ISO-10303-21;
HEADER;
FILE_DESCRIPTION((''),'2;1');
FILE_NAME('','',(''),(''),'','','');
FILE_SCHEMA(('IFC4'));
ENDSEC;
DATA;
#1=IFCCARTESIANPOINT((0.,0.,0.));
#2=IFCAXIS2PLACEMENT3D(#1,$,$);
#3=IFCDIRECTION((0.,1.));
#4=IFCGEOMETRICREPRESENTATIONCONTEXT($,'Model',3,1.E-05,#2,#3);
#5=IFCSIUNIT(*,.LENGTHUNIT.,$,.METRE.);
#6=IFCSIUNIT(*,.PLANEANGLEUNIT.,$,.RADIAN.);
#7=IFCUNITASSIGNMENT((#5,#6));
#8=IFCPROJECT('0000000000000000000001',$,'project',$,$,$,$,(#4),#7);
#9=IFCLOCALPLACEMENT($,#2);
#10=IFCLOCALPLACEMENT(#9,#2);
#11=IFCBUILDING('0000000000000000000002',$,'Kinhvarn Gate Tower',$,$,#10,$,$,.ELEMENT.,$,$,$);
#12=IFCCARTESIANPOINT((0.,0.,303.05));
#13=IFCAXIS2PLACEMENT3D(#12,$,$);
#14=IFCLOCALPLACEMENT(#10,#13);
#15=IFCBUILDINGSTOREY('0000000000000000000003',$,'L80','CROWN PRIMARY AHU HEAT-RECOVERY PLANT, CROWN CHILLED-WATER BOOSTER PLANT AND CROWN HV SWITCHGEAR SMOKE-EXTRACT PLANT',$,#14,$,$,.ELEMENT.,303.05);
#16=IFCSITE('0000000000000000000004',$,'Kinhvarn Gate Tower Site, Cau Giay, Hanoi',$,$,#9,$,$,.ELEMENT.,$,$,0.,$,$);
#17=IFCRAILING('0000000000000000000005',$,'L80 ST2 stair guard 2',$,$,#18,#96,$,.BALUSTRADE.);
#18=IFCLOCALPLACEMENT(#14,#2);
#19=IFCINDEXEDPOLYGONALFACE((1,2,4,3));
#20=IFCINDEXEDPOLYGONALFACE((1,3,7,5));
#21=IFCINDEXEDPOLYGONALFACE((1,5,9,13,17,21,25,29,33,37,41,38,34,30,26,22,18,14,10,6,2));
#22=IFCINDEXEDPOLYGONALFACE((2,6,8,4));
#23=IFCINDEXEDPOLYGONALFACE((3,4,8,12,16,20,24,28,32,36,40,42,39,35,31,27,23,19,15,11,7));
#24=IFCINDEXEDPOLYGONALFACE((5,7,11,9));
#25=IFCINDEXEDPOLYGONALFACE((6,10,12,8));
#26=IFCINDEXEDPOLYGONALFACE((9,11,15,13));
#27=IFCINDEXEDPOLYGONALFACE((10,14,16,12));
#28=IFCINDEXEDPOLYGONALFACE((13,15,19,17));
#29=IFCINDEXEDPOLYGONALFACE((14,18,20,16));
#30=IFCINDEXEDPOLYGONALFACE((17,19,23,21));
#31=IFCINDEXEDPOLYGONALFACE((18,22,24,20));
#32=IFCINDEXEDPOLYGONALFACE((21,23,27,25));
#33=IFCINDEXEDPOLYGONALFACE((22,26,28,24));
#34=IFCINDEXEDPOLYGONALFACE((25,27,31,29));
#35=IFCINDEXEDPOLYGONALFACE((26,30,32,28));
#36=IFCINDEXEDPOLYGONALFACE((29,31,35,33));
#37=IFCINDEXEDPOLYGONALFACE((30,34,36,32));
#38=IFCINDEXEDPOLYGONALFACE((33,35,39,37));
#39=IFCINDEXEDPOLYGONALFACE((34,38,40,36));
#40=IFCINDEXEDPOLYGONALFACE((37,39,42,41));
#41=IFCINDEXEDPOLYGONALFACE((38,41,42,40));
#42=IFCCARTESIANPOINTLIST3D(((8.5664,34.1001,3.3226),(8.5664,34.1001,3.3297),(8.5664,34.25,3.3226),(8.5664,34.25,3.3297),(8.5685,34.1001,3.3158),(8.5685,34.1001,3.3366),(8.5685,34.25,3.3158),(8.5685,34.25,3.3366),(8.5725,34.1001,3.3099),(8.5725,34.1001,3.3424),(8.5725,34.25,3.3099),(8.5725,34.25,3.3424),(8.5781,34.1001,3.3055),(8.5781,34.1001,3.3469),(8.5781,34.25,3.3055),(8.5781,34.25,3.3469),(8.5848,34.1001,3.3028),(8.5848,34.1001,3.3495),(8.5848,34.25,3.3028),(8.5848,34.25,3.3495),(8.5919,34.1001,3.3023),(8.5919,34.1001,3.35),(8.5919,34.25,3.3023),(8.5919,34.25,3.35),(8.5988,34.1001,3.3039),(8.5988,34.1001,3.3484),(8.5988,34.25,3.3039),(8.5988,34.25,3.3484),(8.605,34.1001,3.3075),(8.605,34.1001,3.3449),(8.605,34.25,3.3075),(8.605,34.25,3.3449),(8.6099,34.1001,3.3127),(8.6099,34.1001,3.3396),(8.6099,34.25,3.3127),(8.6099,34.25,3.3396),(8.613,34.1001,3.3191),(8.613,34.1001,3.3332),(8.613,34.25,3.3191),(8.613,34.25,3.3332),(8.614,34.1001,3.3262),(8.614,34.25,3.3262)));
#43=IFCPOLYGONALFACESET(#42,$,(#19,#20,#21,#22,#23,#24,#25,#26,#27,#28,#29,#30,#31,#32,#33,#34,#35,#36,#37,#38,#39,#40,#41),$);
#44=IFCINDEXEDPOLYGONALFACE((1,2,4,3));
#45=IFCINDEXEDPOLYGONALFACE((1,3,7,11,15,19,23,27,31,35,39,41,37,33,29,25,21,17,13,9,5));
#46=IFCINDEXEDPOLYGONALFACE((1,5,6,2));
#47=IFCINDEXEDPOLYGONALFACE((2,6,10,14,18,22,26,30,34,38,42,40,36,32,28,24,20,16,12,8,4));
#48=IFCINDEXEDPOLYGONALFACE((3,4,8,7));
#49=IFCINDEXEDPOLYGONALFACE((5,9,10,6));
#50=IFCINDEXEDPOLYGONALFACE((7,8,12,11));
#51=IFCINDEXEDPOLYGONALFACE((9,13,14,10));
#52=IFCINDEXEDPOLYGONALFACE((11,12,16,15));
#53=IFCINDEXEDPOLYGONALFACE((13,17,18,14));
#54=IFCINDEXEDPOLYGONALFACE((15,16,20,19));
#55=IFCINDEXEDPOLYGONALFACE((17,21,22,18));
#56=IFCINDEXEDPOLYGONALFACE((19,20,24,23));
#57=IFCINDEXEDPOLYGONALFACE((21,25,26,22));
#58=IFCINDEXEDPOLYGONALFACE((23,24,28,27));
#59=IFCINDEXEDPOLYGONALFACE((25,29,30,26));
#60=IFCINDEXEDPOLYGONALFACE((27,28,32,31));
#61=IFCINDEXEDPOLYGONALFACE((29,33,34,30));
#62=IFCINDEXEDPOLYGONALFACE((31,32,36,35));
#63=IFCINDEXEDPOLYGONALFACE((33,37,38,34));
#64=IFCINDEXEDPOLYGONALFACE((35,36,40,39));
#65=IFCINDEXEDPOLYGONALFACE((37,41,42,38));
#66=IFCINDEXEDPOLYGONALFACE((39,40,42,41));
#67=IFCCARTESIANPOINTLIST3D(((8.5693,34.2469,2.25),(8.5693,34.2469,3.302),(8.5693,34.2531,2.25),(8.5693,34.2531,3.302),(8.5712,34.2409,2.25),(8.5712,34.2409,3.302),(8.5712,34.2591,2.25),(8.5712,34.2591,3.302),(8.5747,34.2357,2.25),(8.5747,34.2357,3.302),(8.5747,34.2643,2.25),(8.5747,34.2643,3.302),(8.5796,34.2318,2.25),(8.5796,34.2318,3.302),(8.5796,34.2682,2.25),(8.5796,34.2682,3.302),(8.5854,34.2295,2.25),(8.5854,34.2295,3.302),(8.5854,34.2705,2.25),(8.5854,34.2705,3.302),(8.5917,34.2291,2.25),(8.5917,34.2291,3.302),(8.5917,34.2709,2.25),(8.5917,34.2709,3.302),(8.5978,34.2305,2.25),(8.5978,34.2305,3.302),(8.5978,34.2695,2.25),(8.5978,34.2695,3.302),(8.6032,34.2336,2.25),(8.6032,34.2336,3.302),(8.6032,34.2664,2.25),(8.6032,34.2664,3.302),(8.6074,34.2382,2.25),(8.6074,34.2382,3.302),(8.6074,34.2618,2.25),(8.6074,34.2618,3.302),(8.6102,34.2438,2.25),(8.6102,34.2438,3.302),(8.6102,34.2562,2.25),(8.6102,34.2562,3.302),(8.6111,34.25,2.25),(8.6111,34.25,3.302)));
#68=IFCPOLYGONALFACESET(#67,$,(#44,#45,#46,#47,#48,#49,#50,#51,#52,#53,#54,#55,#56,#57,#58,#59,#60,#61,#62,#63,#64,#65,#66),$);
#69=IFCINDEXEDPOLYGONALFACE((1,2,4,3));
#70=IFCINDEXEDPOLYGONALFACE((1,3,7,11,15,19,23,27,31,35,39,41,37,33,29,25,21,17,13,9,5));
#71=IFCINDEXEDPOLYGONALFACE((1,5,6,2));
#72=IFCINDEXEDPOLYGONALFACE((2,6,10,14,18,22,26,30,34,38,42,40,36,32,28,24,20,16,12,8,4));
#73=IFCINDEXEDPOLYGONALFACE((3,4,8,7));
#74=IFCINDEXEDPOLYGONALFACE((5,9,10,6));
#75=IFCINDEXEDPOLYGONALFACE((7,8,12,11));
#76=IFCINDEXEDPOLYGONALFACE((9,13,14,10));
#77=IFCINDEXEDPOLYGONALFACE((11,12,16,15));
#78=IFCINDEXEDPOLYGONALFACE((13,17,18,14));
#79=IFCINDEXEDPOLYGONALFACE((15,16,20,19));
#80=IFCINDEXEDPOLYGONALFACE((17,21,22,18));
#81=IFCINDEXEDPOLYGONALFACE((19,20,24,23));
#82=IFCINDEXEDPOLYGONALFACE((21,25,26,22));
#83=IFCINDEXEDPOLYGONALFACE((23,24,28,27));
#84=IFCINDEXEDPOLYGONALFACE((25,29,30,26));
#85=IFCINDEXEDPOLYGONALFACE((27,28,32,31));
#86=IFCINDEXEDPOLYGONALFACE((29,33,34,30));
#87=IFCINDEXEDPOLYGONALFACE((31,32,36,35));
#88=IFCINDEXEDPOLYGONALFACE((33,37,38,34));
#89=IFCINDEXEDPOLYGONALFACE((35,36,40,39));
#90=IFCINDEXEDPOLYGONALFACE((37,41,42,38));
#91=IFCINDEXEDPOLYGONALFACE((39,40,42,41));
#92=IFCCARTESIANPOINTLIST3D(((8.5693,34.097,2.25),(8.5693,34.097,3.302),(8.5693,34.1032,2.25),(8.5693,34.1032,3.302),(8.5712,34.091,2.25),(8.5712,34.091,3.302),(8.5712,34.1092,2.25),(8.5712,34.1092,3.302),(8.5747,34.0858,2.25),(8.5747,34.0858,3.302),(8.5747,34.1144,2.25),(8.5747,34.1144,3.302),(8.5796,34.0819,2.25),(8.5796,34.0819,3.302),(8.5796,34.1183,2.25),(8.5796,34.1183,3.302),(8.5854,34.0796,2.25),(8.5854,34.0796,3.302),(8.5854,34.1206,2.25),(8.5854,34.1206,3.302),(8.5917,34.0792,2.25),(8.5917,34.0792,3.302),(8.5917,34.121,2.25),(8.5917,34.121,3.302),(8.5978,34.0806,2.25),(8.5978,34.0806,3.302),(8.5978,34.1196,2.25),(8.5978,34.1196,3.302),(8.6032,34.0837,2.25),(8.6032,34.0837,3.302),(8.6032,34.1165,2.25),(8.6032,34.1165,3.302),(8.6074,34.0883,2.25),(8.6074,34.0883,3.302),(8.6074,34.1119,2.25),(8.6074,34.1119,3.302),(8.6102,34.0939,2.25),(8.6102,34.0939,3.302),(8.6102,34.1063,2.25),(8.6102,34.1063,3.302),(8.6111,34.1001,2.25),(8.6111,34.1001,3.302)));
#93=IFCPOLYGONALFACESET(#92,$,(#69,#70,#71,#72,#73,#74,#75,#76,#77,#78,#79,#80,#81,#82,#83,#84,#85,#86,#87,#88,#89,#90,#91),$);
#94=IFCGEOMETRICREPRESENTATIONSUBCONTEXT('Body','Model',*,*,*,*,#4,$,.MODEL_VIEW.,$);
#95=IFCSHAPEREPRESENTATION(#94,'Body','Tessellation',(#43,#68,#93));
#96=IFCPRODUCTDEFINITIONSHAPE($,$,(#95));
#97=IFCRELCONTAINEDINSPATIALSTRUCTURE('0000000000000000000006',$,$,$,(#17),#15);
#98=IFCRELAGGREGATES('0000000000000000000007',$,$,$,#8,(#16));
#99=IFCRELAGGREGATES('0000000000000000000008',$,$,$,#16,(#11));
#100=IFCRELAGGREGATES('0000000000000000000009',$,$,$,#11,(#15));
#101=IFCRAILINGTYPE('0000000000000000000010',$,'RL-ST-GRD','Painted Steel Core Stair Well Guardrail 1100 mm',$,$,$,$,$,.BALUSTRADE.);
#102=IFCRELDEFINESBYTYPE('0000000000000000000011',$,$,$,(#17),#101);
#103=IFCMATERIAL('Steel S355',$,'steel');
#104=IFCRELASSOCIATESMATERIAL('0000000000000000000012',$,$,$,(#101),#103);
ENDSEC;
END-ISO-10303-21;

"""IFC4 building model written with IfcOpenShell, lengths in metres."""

from ifc_helpers import new_model, si_unit, direction, frame, origin, origin_2d, place, context, subcontext, project, spatial, circle, extrude, material, type_object, element, save


model = new_model("IFC4")

# Units and contexts
model_context = context("Model", 3, precision=1e-05, world=origin(), true_north=direction((0.0, 1.0)))
body_context = subcontext(model_context, "Body", "Model", "MODEL_VIEW")
ifc_project = project(units=[si_unit("LENGTHUNIT", "METRE"), si_unit("PLANEANGLEUNIT", "RADIAN")], contexts=[model_context])

# Site, building, storey
site_placement = place(None, origin())
site = spatial("IfcSite", under=ifc_project, at=site_placement, Name="Kinhvarn Gate Tower Site, Cau Giay, Hanoi", CompositionType="ELEMENT", RefElevation=0.0)
building_placement = place(site_placement, origin())
building = spatial("IfcBuilding", under=site, at=building_placement, Name="Kinhvarn Gate Tower", CompositionType="ELEMENT")
storey_placement = place(building_placement, frame((0.0, 0.0, 303.05)))
storey = spatial("IfcBuildingStorey", under=building, at=storey_placement, Name="L80", Description="CROWN PRIMARY AHU HEAT-RECOVERY PLANT, CROWN CHILLED-WATER BOOSTER PLANT AND CROWN HV SWITCHGEAR SMOKE-EXTRACT PLANT", CompositionType="ELEMENT", Elevation=303.05)

# Shared definitions
ifc_material_1 = material(Name="Steel S355", Category="steel")

# Railing
railing_type_1 = type_object("IfcRailingType", Name="RL-ST-GRD", Description="Painted Steel Core Stair Well Guardrail 1100 mm", PredefinedType="BALUSTRADE", material=ifc_material_1)
railing_1_placement = place(storey_placement, frame((8.5901, 34.25, 2.25)))
element("IfcRailing", 1, at=railing_1_placement, inside=storey, type_object=railing_type_1, Name="L80 ST2 stair guard 2", PredefinedType="BALUSTRADE", context=body_context, shape_type="SweptSolid", body=[
    extrude(circle(Radius=0.0239, at=origin_2d()), frame((0.0, 0.0, 1.0762), z_axis=(0.0, -1.0, 0.0), x_axis=(1.0, 0.0, 0.0)), (0.0, 0.0, 1.0), 0.1499),
    extrude(circle(Radius=0.021, at=origin_2d()), origin(), (0.0, 0.0, 1.0), 1.052),
    extrude(circle(Radius=0.021, at=origin_2d()), frame((0.0, -0.1499, 0.0)), (0.0, 0.0, 1.0), 1.052),
])

save(model, "model.ifc")
